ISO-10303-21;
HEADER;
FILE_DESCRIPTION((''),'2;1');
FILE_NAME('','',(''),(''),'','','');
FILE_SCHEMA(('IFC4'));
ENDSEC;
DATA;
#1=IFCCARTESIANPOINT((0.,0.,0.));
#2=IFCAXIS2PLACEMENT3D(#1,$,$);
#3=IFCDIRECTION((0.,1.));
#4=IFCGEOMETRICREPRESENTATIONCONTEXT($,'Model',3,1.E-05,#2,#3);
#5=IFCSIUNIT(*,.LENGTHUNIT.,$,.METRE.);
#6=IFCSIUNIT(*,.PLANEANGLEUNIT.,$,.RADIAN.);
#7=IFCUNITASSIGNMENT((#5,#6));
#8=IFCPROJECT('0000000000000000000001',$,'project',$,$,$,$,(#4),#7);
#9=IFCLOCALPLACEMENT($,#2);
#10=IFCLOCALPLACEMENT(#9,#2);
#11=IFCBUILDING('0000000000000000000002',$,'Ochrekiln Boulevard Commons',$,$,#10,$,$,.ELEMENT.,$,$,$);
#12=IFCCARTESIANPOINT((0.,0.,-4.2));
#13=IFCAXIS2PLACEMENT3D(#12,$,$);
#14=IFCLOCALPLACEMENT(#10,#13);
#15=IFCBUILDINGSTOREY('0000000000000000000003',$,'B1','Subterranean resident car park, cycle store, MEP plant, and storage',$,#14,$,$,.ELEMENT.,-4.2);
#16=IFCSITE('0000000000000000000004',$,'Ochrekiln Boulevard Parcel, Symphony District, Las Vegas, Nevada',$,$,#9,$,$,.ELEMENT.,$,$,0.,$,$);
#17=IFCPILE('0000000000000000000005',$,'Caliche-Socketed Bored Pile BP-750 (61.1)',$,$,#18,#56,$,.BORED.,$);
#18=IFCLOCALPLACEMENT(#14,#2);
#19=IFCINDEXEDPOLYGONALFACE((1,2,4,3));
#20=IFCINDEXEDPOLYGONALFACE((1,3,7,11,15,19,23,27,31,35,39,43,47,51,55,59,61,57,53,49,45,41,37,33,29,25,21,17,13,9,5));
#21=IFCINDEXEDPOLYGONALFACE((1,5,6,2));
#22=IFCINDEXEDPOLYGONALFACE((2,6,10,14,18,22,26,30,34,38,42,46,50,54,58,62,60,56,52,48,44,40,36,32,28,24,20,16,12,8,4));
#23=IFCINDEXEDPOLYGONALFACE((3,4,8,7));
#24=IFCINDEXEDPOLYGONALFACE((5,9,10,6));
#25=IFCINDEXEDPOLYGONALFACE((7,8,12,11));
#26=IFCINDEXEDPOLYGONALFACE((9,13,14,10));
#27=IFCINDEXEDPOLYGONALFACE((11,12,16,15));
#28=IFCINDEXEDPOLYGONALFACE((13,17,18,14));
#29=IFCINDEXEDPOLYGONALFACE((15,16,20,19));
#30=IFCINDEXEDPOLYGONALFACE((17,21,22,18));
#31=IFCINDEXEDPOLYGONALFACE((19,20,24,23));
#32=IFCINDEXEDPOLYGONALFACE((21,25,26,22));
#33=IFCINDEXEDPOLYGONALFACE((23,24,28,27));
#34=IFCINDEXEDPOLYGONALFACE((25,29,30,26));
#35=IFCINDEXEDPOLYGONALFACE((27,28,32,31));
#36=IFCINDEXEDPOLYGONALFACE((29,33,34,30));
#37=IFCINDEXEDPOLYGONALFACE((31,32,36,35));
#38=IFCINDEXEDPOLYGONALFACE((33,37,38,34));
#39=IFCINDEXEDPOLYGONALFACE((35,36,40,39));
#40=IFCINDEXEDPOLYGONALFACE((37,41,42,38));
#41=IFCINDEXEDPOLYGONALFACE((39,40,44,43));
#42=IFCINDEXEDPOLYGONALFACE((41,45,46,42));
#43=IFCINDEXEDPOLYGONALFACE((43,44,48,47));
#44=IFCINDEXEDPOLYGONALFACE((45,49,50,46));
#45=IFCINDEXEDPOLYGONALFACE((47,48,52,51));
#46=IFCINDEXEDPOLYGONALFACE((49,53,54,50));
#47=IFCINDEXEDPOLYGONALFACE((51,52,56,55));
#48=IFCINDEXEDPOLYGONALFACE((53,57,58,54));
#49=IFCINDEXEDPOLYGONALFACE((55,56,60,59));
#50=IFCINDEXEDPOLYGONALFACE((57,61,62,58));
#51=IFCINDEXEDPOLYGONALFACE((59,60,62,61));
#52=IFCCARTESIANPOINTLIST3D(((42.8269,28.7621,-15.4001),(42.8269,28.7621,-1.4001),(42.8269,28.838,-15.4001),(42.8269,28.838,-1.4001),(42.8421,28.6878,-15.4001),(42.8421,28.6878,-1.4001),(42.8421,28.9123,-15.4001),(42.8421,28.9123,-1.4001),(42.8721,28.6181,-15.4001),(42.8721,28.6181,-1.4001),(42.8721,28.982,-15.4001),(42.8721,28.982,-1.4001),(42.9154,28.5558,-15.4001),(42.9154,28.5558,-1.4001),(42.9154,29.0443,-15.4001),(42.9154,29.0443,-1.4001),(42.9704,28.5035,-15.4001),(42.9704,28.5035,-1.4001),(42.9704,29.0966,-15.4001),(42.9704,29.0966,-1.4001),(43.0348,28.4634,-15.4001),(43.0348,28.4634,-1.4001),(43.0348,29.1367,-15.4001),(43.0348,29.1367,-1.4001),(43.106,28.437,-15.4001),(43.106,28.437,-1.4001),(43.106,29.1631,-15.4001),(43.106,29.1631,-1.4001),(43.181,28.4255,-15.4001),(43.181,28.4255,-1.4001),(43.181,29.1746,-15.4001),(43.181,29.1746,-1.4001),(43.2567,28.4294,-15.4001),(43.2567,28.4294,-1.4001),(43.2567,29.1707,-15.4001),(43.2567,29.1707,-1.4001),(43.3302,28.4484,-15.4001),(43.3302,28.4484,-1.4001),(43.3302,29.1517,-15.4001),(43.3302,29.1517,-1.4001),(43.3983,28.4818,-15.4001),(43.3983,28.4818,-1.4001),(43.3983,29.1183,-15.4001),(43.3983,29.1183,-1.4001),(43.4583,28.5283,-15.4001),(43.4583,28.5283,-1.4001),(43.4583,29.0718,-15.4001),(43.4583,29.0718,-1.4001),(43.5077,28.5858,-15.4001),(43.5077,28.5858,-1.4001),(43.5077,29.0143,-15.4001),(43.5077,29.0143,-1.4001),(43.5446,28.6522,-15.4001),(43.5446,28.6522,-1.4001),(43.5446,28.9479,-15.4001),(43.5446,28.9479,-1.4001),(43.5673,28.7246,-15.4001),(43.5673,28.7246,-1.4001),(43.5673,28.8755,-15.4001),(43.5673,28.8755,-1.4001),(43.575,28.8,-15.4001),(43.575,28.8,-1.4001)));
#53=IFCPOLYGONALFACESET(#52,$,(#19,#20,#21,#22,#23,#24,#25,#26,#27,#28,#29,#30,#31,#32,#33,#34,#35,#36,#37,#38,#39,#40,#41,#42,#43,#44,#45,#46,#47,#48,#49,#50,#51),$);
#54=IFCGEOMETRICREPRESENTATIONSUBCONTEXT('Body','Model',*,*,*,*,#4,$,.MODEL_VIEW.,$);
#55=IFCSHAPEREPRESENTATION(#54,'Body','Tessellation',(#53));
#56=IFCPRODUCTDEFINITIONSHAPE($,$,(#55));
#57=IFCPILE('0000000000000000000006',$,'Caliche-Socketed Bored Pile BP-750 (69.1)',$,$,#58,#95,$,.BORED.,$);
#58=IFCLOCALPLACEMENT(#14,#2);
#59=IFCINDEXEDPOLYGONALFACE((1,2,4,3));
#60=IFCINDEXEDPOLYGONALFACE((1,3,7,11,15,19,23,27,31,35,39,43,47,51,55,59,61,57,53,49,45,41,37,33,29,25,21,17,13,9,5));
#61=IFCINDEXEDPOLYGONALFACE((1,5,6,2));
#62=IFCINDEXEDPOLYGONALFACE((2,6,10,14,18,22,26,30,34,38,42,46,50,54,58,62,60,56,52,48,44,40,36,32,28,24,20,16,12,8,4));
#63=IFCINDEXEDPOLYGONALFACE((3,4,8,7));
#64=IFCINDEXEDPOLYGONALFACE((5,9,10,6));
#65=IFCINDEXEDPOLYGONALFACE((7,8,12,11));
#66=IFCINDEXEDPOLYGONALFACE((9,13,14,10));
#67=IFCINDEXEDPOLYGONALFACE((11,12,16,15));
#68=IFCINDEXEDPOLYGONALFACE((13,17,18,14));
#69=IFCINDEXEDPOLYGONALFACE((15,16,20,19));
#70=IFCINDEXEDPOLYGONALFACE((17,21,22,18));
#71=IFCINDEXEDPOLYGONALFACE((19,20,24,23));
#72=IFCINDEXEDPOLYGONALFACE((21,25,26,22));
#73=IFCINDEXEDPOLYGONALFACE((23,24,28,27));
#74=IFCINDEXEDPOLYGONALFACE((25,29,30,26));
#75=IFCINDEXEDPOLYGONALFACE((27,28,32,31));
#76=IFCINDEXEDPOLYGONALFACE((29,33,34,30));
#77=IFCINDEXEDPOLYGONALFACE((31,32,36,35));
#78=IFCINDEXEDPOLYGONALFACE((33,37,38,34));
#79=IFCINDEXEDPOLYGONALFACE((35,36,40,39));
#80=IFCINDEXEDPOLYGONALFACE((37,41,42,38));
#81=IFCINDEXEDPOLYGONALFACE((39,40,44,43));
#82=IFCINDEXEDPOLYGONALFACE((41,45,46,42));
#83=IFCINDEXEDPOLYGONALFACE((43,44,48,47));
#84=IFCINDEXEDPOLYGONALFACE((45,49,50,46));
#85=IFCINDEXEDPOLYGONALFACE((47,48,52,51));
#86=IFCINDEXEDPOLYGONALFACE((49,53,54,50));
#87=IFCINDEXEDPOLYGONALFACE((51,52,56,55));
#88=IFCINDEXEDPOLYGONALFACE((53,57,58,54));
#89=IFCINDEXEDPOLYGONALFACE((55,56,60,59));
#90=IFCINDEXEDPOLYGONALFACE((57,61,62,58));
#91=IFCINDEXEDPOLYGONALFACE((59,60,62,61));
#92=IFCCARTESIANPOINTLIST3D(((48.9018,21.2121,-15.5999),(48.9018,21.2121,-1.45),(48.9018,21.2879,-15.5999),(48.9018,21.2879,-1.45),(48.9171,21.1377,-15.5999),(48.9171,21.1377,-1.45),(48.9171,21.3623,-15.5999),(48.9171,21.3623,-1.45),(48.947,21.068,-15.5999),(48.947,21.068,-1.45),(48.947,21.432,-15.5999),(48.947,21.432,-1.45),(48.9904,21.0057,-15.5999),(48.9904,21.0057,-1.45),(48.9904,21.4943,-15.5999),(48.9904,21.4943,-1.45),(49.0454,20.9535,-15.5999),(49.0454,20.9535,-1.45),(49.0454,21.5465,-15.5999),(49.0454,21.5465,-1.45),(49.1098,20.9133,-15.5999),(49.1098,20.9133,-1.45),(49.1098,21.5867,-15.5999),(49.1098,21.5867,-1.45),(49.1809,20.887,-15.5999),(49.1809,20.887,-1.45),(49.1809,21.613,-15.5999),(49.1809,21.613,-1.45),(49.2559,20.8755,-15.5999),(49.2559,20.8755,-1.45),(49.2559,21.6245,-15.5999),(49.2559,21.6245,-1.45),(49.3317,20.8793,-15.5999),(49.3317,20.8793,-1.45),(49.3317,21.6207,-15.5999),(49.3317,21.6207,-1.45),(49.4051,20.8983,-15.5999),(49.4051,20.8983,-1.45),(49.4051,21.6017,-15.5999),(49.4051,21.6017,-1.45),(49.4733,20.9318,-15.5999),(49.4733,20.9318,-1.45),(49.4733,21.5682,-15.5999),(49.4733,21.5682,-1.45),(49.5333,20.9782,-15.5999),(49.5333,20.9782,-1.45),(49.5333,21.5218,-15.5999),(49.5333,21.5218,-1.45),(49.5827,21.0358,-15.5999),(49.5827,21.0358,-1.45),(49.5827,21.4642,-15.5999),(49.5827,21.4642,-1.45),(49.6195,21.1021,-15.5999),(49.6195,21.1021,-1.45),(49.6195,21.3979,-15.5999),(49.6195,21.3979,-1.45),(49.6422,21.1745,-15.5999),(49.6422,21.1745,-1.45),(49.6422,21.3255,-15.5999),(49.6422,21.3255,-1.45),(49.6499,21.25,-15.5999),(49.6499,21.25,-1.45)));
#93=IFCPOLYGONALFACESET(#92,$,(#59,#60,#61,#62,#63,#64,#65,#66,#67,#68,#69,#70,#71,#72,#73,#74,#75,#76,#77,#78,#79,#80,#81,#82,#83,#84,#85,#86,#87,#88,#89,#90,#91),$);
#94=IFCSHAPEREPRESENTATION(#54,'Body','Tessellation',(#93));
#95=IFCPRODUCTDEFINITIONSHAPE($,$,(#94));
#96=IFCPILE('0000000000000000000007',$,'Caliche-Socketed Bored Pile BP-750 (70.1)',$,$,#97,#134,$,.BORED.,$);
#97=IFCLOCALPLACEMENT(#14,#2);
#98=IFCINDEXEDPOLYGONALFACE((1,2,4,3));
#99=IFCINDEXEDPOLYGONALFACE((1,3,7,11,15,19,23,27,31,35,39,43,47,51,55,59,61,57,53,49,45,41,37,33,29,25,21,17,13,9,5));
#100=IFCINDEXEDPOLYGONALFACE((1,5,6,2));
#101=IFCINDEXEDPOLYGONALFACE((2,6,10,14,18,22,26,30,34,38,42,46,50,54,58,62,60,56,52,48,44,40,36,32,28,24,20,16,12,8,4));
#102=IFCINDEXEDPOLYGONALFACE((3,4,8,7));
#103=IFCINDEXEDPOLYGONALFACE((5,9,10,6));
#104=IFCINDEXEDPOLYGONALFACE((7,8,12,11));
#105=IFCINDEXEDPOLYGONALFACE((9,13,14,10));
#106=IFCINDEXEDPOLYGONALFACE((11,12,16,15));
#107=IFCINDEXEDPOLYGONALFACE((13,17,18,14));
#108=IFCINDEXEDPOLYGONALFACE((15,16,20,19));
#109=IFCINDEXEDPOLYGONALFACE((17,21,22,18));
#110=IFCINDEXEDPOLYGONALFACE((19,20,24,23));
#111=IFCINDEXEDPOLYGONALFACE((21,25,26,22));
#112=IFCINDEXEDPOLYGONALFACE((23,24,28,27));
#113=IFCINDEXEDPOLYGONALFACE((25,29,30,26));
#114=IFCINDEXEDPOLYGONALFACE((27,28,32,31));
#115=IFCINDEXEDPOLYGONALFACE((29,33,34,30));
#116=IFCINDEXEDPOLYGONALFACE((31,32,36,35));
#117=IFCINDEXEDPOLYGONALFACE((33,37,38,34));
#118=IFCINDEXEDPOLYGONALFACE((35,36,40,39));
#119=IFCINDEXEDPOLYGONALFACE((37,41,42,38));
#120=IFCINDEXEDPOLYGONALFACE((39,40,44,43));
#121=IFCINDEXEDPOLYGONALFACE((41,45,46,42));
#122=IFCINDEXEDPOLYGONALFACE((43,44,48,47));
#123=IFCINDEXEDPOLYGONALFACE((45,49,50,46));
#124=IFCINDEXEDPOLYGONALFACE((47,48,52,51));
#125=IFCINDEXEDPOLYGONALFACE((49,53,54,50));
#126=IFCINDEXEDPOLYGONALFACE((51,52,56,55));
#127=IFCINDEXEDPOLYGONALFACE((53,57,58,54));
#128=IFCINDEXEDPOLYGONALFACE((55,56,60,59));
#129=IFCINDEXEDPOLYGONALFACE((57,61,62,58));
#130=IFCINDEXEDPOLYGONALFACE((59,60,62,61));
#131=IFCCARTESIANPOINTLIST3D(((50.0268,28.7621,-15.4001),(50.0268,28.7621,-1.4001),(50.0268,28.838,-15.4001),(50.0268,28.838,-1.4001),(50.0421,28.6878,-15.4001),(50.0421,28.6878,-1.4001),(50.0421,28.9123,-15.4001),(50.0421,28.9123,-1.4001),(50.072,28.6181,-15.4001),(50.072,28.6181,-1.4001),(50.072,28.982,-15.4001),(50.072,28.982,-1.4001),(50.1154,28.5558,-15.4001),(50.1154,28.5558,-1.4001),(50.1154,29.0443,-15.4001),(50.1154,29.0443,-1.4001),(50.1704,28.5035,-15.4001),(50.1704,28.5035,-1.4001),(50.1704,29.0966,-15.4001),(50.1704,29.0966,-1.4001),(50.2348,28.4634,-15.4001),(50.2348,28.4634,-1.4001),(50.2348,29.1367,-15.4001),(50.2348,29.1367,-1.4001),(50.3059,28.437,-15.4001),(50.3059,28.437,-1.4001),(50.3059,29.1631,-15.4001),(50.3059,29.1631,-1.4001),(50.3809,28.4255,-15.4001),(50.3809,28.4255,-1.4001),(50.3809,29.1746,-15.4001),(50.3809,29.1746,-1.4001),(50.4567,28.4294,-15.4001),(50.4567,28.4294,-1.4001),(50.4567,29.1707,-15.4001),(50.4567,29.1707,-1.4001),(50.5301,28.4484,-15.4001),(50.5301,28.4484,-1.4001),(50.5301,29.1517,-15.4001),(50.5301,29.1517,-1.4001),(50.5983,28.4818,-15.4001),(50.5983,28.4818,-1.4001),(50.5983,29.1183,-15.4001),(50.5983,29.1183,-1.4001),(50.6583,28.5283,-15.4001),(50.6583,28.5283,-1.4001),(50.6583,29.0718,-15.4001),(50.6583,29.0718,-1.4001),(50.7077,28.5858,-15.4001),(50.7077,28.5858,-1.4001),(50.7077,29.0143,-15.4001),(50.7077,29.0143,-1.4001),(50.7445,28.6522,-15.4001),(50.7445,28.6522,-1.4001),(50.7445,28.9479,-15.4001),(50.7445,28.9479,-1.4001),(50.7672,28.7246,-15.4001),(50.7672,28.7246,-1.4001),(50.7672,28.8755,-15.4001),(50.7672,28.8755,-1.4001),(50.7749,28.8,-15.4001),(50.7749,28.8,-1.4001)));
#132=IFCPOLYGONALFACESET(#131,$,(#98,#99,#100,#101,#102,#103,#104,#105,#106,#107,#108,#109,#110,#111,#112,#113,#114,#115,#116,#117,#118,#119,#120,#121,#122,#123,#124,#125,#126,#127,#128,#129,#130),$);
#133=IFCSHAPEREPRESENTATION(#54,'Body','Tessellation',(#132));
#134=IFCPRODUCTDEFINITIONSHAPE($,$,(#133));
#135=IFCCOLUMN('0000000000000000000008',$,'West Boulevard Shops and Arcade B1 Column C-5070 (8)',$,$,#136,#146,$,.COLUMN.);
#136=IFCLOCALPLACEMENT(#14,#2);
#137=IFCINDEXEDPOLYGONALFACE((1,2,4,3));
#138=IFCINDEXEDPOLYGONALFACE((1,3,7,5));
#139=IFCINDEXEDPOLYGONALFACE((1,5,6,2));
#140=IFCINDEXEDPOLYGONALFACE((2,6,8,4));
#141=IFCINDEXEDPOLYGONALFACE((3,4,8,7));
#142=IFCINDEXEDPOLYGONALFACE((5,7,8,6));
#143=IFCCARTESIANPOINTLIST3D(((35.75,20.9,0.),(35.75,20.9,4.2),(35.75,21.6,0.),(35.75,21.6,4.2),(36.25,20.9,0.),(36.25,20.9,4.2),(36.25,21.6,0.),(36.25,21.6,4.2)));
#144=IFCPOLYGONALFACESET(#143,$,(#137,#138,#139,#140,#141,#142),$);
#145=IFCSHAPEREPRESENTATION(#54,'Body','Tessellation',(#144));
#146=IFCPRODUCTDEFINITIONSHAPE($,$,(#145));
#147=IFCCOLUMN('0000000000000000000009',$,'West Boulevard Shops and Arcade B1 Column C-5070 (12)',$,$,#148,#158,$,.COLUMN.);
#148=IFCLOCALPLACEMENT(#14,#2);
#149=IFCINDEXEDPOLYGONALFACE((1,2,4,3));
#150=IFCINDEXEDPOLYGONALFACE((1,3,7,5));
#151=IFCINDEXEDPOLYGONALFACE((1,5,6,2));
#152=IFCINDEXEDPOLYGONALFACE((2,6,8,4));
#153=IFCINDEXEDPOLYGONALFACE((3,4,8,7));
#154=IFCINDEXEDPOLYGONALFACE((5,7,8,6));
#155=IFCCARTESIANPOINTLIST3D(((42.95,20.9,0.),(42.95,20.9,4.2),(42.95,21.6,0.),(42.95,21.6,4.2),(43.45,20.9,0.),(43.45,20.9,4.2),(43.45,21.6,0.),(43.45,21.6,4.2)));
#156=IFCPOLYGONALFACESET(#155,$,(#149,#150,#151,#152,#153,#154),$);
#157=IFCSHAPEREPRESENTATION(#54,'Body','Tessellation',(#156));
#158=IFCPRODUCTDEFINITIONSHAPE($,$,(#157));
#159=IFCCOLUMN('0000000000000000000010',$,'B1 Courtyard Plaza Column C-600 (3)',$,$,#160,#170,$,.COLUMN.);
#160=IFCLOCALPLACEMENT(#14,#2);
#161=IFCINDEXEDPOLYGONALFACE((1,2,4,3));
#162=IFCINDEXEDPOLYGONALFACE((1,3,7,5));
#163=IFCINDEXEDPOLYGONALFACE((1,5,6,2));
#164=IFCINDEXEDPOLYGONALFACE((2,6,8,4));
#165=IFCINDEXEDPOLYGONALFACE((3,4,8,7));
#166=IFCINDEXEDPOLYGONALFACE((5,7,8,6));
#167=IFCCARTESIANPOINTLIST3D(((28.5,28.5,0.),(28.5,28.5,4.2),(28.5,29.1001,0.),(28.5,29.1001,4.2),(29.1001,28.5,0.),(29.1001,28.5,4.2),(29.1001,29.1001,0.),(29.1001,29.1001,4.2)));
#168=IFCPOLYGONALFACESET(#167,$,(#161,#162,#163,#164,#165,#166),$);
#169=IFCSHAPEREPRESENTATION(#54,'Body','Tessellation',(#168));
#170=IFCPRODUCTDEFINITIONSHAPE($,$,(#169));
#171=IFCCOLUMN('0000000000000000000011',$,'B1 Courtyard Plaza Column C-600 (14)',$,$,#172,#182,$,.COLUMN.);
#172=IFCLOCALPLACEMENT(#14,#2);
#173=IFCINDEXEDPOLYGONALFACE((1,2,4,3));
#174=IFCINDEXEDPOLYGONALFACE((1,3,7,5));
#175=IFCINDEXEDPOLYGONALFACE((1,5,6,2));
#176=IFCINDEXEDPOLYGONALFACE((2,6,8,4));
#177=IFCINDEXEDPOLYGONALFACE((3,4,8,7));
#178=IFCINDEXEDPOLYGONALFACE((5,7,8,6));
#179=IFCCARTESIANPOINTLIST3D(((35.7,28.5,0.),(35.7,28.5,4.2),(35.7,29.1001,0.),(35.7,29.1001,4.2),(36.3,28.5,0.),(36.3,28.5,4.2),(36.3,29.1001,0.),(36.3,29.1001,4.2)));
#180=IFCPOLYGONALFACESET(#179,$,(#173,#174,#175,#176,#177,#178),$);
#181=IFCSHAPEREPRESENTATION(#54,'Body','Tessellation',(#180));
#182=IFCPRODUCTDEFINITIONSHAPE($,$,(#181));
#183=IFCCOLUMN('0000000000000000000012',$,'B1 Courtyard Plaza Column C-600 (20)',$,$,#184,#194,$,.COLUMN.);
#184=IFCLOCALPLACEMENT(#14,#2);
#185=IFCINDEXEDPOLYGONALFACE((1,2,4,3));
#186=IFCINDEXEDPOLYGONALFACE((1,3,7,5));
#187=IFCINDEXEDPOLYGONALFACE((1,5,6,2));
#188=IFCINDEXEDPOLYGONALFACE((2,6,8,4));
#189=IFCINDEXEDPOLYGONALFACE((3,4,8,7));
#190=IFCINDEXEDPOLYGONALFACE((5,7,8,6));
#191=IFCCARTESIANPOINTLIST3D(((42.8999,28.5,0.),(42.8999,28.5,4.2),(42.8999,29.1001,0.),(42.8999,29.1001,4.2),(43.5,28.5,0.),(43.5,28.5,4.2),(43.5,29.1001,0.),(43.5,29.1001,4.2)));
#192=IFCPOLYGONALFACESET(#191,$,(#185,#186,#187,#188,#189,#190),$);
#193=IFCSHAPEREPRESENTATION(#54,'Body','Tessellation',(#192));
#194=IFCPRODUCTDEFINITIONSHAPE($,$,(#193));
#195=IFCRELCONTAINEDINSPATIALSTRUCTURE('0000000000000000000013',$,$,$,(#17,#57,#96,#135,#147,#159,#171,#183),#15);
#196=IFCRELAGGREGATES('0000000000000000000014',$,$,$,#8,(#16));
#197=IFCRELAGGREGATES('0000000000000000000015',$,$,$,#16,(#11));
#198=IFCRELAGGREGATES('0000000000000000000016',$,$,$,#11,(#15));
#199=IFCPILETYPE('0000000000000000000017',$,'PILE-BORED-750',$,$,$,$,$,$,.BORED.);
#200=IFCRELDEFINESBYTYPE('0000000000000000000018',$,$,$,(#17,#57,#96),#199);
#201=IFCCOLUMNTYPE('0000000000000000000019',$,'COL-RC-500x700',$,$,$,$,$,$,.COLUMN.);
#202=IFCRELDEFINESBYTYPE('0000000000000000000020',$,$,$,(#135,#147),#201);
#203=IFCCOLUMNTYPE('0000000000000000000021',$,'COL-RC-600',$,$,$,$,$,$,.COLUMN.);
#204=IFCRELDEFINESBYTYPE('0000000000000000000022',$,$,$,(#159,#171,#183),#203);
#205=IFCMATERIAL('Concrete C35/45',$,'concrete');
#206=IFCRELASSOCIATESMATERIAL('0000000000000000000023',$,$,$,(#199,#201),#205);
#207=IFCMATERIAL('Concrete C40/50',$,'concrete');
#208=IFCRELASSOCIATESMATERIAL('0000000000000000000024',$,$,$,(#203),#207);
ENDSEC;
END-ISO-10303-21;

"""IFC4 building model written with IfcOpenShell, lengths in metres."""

from ifc_helpers import new_model, si_unit, direction, frame, origin, origin_2d, place, context, subcontext, project, spatial, rectangle, circle, extrude, material, material_profile, profile_set, type_object, element, save


model = new_model("IFC4")

# Units and contexts
model_context = context("Model", 3, precision=1e-05, world=origin(), true_north=direction((0.0, 1.0)))
body_context = subcontext(model_context, "Body", "Model", "MODEL_VIEW")
ifc_project = project(units=[si_unit("LENGTHUNIT", "METRE"), si_unit("PLANEANGLEUNIT", "RADIAN")], contexts=[model_context])

# Site, building, storey
site_placement = place(None, origin())
site = spatial("IfcSite", under=ifc_project, at=site_placement, Name="Ochrekiln Boulevard Parcel, Symphony District, Las Vegas, Nevada", CompositionType="ELEMENT", RefElevation=0.0)
building_placement = place(site_placement, origin())
building = spatial("IfcBuilding", under=site, at=building_placement, Name="Ochrekiln Boulevard Commons", CompositionType="ELEMENT")
storey_placement = place(building_placement, frame((0.0, 0.0, -4.2)))
storey = spatial("IfcBuildingStorey", under=building, at=storey_placement, Name="B1", Description="Subterranean resident car park, cycle store, MEP plant, and storage", CompositionType="ELEMENT", Elevation=-4.2)

# Shared definitions
ifc_material_1 = material(Name="Concrete C35/45", Category="concrete")

# Piles
ifc_material_profile_1 = material_profile(ifc_material_1, circle(Radius=0.375, at=origin_2d()), Name="PILE-D750")
ifc_profile_set_1 = profile_set([ifc_material_profile_1], Name="Concrete C35/45")
pile_type = type_object("IfcPileType", Name="PILE-BORED-750", PredefinedType="BORED", material=ifc_profile_set_1)
pile_1_placement = place(storey_placement, frame((43.2, 28.8, -1.4001), z_axis=(0.0, 0.0, -1.0), x_axis=(1.0, 0.0, 0.0)))
element("IfcPile", 1, at=pile_1_placement, inside=storey, type_object=pile_type, Name="Caliche-Socketed Bored Pile BP-750 (61.1)", PredefinedType="BORED", context=body_context, shape_type="SweptSolid", body=[
    extrude(circle(Radius=0.375, at=origin_2d()), origin(), (0.0, 0.0, 1.0), 14.0),
])
pile_2_placement = place(storey_placement, frame((49.2749, 21.25, -1.45), z_axis=(0.0, 0.0, -1.0), x_axis=(1.0, 0.0, 0.0)))
element("IfcPile", 2, at=pile_2_placement, inside=storey, type_object=pile_type, Name="Caliche-Socketed Bored Pile BP-750 (69.1)", PredefinedType="BORED", context=body_context, shape_type="SweptSolid", body=[
    extrude(circle(Radius=0.375, at=origin_2d()), origin(), (0.0, 0.0, 1.0), 14.1499),
])
pile_3_placement = place(storey_placement, frame((50.3999, 28.8, -1.4001), z_axis=(0.0, 0.0, -1.0), x_axis=(1.0, 0.0, 0.0)))
element("IfcPile", 3, at=pile_3_placement, inside=storey, type_object=pile_type, Name="Caliche-Socketed Bored Pile BP-750 (70.1)", PredefinedType="BORED", context=body_context, shape_type="SweptSolid", body=[
    extrude(circle(Radius=0.375, at=origin_2d()), origin(), (0.0, 0.0, 1.0), 14.0),
])

# Columns
ifc_material_profile_2 = material_profile(ifc_material_1, rectangle(XDim=0.5, YDim=0.7, at=origin_2d()), Name="RC-COL-500x700")
ifc_profile_set_2 = profile_set([ifc_material_profile_2], Name="Concrete C35/45")
column_type_1 = type_object("IfcColumnType", Name="COL-RC-500x700", PredefinedType="COLUMN", material=ifc_profile_set_2)
for number, where, z_axis, x_axis, name in (
    (4, (36.0, 21.25, 0.0), (0.0, 0.0, 1.0), (1.0, 0.0, 0.0), "West Boulevard Shops and Arcade B1 Column C-5070 (8)"),
    (5, (43.2, 21.25, 0.0), (0.0, 0.0, 1.0), (1.0, 0.0, 0.0), "West Boulevard Shops and Arcade B1 Column C-5070 (12)"),
):
    element("IfcColumn", number, at=place(storey_placement, frame(where, z_axis=z_axis, x_axis=x_axis)), inside=storey, type_object=column_type_1, Name=name, PredefinedType="COLUMN", context=body_context, shape_type="SweptSolid", body=[
        extrude(rectangle(XDim=0.5, YDim=0.7, at=origin_2d()), origin(), (0.0, 0.0, 1.0), 4.2),
    ])
ifc_material_2 = material(Name="Concrete C40/50", Category="concrete")
ifc_material_profile_3 = material_profile(ifc_material_2, rectangle(XDim=0.6001, YDim=0.6001, at=origin_2d()), Name="RC-COL-600x600")
ifc_profile_set_3 = profile_set([ifc_material_profile_3], Name="Concrete C40/50")
column_type_2 = type_object("IfcColumnType", Name="COL-RC-600", PredefinedType="COLUMN", material=ifc_profile_set_3)
for number, where, z_axis, x_axis, name in (
    (6, (28.8, 28.8, 0.0), (0.0, 0.0, 1.0), (1.0, 0.0, 0.0), "B1 Courtyard Plaza Column C-600 (3)"),
    (7, (36.0, 28.8, 0.0), (0.0, 0.0, 1.0), (1.0, 0.0, 0.0), "B1 Courtyard Plaza Column C-600 (14)"),
    (8, (43.2, 28.8, 0.0), (0.0, 0.0, 1.0), (1.0, 0.0, 0.0), "B1 Courtyard Plaza Column C-600 (20)"),
):
    element("IfcColumn", number, at=place(storey_placement, frame(where, z_axis=z_axis, x_axis=x_axis)), inside=storey, type_object=column_type_2, Name=name, PredefinedType="COLUMN", context=body_context, shape_type="SweptSolid", body=[
        extrude(rectangle(XDim=0.6001, YDim=0.6001, at=origin_2d()), origin(), (0.0, 0.0, 1.0), 4.2),
    ])

save(model, "model.ifc")
